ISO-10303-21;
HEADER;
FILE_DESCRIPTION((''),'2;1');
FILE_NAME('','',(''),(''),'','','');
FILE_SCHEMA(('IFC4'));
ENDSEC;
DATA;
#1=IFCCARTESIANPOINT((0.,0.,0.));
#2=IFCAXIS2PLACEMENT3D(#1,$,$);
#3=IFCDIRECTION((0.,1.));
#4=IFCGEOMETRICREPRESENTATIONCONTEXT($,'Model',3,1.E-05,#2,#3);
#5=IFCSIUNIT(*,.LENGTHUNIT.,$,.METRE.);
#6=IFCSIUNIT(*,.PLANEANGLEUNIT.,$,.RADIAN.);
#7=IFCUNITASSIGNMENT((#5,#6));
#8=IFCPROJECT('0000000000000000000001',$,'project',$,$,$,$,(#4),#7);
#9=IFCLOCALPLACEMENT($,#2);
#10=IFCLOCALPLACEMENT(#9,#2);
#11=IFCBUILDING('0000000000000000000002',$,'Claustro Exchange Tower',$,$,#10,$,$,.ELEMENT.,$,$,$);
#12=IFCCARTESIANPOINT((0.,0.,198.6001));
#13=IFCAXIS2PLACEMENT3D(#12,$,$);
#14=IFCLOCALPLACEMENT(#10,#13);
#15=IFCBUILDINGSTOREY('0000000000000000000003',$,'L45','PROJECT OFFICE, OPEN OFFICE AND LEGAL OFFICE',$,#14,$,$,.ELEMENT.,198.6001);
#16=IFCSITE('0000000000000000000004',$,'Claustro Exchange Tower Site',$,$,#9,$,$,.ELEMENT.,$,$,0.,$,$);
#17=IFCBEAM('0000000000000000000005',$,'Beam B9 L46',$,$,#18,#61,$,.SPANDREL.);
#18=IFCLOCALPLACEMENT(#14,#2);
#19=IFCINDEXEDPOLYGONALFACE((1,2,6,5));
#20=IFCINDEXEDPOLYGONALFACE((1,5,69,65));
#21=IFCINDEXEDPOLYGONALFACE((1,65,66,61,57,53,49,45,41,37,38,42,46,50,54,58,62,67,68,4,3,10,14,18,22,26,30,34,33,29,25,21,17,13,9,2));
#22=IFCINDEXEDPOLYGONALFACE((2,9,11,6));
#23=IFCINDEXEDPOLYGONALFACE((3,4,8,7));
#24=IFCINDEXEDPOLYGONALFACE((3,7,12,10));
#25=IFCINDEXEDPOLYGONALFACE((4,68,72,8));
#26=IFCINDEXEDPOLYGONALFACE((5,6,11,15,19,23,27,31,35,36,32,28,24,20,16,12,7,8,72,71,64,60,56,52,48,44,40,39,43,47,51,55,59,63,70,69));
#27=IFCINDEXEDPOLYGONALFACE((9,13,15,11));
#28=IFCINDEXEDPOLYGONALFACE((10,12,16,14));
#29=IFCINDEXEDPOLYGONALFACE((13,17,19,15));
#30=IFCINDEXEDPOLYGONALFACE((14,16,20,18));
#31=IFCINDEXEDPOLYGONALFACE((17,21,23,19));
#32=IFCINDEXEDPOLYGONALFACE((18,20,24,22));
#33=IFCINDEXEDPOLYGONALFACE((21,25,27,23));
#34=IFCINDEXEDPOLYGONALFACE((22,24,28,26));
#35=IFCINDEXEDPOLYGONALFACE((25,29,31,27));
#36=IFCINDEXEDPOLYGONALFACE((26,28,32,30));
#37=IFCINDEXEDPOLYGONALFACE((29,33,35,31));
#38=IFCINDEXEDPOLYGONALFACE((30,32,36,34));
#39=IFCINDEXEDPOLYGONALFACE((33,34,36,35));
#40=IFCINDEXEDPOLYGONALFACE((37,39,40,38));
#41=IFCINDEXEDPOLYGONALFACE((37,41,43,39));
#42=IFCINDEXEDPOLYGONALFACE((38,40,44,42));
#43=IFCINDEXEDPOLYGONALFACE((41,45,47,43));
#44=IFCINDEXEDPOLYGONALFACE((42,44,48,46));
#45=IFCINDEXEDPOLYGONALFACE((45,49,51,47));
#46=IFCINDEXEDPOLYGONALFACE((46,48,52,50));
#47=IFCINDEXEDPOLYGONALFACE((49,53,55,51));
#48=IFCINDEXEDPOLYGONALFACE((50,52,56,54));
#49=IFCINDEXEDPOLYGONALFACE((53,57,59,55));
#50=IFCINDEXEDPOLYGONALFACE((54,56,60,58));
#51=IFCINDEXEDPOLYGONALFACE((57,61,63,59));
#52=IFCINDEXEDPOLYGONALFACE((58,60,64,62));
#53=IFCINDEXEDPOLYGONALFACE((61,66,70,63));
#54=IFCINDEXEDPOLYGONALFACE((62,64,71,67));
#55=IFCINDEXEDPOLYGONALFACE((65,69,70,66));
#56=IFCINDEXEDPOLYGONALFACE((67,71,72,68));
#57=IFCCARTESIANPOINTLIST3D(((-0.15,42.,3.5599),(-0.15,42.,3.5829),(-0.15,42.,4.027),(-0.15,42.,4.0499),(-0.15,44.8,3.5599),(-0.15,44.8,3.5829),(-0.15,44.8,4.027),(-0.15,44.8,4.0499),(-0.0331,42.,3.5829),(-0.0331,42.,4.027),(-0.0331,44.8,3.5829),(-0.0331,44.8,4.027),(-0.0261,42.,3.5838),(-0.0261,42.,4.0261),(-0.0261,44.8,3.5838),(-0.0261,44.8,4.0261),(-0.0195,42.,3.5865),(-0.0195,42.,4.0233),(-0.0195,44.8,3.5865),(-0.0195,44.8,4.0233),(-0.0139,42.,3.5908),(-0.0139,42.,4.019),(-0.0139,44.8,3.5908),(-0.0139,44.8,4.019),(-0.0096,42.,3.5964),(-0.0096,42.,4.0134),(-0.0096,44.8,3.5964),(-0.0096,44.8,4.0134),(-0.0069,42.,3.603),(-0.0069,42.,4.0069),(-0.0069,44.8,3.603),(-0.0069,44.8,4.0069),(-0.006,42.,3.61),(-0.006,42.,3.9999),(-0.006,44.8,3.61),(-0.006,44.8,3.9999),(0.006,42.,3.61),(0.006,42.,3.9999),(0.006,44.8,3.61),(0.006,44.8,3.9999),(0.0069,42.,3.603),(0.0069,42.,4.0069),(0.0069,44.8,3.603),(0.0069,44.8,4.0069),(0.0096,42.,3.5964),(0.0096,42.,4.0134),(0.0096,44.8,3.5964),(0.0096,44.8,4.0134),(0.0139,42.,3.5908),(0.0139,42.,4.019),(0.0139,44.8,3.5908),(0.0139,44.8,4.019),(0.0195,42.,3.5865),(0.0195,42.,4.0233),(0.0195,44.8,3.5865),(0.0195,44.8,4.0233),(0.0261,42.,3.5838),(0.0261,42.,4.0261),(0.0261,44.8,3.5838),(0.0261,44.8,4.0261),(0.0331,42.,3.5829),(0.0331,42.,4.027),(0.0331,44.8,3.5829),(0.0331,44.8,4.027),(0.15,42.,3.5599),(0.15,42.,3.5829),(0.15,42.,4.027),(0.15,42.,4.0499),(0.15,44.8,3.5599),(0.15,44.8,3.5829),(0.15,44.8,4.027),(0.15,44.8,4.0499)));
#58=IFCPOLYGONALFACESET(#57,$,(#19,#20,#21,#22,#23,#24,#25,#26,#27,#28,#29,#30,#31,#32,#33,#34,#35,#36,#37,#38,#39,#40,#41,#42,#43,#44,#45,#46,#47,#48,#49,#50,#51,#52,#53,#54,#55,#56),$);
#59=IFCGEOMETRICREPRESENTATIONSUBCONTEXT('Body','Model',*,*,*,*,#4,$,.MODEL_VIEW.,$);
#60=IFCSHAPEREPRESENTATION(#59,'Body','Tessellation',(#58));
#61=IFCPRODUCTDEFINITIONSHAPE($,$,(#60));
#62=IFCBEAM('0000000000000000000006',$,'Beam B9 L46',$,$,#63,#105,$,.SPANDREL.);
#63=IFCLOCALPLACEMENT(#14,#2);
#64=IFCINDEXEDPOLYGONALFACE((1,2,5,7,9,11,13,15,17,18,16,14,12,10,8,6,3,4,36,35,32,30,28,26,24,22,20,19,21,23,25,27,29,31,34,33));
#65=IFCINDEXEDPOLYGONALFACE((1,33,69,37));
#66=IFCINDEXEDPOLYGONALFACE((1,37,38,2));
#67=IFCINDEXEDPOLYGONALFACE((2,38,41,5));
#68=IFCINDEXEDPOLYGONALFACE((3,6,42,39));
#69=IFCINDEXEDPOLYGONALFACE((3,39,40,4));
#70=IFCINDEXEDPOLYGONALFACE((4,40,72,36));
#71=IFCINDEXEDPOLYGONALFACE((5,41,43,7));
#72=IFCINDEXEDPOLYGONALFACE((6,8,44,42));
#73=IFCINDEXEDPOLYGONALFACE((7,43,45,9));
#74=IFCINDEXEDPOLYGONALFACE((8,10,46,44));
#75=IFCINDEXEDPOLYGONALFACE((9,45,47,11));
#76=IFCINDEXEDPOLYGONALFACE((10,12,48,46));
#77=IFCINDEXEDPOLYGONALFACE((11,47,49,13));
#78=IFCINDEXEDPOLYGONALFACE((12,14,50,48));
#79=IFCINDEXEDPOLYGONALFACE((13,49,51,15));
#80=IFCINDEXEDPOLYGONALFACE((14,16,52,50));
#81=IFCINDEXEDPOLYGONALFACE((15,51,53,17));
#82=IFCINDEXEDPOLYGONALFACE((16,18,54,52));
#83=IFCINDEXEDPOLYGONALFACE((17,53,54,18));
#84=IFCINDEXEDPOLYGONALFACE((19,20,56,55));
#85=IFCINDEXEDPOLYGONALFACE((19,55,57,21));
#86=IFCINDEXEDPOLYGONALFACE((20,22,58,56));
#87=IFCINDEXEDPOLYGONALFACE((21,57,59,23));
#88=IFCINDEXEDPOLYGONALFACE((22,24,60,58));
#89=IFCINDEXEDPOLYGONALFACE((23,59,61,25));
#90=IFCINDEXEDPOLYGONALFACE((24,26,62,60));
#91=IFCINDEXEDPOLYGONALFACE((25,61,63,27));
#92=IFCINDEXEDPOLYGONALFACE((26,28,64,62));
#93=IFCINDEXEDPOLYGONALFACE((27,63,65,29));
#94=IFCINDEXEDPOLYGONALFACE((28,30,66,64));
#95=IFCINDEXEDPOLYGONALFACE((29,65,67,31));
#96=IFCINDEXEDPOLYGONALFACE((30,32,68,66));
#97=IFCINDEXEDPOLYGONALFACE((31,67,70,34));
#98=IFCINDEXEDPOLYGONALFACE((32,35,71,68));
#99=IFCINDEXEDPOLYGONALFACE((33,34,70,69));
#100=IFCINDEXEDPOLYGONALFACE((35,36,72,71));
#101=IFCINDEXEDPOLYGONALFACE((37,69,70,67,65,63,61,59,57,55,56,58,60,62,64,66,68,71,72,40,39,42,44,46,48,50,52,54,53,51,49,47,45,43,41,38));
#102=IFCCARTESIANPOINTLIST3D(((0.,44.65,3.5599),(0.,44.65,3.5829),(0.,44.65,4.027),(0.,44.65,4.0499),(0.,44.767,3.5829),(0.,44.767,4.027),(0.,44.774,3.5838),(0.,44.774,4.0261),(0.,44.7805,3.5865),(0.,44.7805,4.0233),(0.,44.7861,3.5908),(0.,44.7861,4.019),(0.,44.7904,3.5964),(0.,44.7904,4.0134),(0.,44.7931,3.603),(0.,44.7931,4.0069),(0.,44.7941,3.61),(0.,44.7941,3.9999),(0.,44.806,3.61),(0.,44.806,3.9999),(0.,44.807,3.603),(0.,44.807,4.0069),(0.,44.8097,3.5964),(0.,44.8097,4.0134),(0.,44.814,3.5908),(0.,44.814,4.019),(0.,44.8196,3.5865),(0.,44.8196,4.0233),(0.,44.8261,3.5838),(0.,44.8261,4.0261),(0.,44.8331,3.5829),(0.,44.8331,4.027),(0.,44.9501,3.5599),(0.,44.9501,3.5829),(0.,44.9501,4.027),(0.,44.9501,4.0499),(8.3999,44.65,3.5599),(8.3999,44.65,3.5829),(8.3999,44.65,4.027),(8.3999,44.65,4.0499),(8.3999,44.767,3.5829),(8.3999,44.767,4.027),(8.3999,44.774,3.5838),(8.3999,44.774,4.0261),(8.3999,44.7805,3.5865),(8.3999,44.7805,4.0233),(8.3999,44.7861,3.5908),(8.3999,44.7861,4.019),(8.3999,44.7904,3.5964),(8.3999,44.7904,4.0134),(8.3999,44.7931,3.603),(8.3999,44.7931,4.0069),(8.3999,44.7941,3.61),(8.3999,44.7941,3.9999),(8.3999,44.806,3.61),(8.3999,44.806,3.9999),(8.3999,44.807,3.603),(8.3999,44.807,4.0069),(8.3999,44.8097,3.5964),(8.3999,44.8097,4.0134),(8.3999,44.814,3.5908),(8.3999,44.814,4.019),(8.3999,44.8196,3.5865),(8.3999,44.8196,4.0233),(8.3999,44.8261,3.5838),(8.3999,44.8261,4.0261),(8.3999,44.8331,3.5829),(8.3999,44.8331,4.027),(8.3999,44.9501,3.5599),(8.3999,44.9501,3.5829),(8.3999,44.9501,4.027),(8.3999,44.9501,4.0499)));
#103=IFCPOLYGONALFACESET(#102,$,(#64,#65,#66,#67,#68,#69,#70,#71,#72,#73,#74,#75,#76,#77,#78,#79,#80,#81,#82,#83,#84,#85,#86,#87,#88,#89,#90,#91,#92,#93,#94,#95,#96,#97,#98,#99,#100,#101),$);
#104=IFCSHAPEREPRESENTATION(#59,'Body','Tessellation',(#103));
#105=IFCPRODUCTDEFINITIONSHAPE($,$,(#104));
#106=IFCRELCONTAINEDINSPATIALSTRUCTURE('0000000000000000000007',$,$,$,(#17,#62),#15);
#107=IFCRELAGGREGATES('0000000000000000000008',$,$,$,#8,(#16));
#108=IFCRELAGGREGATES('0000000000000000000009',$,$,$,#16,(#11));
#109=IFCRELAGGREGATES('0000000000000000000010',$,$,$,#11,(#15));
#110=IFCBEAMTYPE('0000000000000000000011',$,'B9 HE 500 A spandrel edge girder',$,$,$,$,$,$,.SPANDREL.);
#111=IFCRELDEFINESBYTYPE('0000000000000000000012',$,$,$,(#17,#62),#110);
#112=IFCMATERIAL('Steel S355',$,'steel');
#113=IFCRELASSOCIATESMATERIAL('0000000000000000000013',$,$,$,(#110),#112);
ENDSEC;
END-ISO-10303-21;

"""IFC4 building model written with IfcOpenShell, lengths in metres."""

from ifc_helpers import new_model, si_unit, direction, frame, origin, origin_2d, place, context, subcontext, project, spatial, i_section, extrude, material, material_profile, profile_set, type_object, element, save


model = new_model("IFC4")

# Units and contexts
model_context = context("Model", 3, precision=1e-05, world=origin(), true_north=direction((0.0, 1.0)))
body_context = subcontext(model_context, "Body", "Model", "MODEL_VIEW")
ifc_project = project(units=[si_unit("LENGTHUNIT", "METRE"), si_unit("PLANEANGLEUNIT", "RADIAN")], contexts=[model_context])

# Site, building, storey
site_placement = place(None, origin())
site = spatial("IfcSite", under=ifc_project, at=site_placement, Name="Claustro Exchange Tower Site", CompositionType="ELEMENT", RefElevation=0.0)
building_placement = place(site_placement, origin())
building = spatial("IfcBuilding", under=site, at=building_placement, Name="Claustro Exchange Tower", CompositionType="ELEMENT")
storey_placement = place(building_placement, frame((0.0, 0.0, 198.6001)))
storey = spatial("IfcBuildingStorey", under=building, at=storey_placement, Name="L45", Description="PROJECT OFFICE, OPEN OFFICE AND LEGAL OFFICE", CompositionType="ELEMENT", Elevation=198.6001)

# Beams
ifc_material_1 = material(Name="Steel S355", Category="steel")
ifc_material_profile_1 = material_profile(ifc_material_1, i_section(OverallWidth=0.3, OverallDepth=0.49, WebThickness=0.012, FlangeThickness=0.0229, FilletRadius=0.0271, at=origin_2d()), Name="HE 500 A")
ifc_profile_set_1 = profile_set([ifc_material_profile_1], Name="Steel S355")
beam_type_1 = type_object("IfcBeamType", Name="B9 HE 500 A spandrel edge girder", PredefinedType="SPANDREL", material=ifc_profile_set_1)
beam_1_placement = place(storey_placement, frame((0.0, 42.0, 3.8049), z_axis=(0.0, 1.0, 0.0), x_axis=(-1.0, 0.0, 0.0)))
element("IfcBeam", 1, at=beam_1_placement, inside=storey, type_object=beam_type_1, Name="Beam B9 L46", PredefinedType="SPANDREL", context=body_context, shape_type="SweptSolid", body=[
    extrude(i_section(OverallWidth=0.3, OverallDepth=0.49, WebThickness=0.012, FlangeThickness=0.0229, FilletRadius=0.0271, at=origin_2d()), origin(), (0.0, 0.0, 1.0), 2.8),
])
beam_2_placement = place(storey_placement, frame((0.0, 44.8, 3.8049), z_axis=(1.0, 0.0, 0.0), x_axis=(0.0, 1.0, 0.0)))
element("IfcBeam", 2, at=beam_2_placement, inside=storey, type_object=beam_type_1, Name="Beam B9 L46", PredefinedType="SPANDREL", context=body_context, shape_type="SweptSolid", body=[
    extrude(i_section(OverallWidth=0.3, OverallDepth=0.49, WebThickness=0.012, FlangeThickness=0.0229, FilletRadius=0.0271, at=origin_2d()), origin(), (0.0, 0.0, 1.0), 8.3999),
])

save(model, "model.ifc")
